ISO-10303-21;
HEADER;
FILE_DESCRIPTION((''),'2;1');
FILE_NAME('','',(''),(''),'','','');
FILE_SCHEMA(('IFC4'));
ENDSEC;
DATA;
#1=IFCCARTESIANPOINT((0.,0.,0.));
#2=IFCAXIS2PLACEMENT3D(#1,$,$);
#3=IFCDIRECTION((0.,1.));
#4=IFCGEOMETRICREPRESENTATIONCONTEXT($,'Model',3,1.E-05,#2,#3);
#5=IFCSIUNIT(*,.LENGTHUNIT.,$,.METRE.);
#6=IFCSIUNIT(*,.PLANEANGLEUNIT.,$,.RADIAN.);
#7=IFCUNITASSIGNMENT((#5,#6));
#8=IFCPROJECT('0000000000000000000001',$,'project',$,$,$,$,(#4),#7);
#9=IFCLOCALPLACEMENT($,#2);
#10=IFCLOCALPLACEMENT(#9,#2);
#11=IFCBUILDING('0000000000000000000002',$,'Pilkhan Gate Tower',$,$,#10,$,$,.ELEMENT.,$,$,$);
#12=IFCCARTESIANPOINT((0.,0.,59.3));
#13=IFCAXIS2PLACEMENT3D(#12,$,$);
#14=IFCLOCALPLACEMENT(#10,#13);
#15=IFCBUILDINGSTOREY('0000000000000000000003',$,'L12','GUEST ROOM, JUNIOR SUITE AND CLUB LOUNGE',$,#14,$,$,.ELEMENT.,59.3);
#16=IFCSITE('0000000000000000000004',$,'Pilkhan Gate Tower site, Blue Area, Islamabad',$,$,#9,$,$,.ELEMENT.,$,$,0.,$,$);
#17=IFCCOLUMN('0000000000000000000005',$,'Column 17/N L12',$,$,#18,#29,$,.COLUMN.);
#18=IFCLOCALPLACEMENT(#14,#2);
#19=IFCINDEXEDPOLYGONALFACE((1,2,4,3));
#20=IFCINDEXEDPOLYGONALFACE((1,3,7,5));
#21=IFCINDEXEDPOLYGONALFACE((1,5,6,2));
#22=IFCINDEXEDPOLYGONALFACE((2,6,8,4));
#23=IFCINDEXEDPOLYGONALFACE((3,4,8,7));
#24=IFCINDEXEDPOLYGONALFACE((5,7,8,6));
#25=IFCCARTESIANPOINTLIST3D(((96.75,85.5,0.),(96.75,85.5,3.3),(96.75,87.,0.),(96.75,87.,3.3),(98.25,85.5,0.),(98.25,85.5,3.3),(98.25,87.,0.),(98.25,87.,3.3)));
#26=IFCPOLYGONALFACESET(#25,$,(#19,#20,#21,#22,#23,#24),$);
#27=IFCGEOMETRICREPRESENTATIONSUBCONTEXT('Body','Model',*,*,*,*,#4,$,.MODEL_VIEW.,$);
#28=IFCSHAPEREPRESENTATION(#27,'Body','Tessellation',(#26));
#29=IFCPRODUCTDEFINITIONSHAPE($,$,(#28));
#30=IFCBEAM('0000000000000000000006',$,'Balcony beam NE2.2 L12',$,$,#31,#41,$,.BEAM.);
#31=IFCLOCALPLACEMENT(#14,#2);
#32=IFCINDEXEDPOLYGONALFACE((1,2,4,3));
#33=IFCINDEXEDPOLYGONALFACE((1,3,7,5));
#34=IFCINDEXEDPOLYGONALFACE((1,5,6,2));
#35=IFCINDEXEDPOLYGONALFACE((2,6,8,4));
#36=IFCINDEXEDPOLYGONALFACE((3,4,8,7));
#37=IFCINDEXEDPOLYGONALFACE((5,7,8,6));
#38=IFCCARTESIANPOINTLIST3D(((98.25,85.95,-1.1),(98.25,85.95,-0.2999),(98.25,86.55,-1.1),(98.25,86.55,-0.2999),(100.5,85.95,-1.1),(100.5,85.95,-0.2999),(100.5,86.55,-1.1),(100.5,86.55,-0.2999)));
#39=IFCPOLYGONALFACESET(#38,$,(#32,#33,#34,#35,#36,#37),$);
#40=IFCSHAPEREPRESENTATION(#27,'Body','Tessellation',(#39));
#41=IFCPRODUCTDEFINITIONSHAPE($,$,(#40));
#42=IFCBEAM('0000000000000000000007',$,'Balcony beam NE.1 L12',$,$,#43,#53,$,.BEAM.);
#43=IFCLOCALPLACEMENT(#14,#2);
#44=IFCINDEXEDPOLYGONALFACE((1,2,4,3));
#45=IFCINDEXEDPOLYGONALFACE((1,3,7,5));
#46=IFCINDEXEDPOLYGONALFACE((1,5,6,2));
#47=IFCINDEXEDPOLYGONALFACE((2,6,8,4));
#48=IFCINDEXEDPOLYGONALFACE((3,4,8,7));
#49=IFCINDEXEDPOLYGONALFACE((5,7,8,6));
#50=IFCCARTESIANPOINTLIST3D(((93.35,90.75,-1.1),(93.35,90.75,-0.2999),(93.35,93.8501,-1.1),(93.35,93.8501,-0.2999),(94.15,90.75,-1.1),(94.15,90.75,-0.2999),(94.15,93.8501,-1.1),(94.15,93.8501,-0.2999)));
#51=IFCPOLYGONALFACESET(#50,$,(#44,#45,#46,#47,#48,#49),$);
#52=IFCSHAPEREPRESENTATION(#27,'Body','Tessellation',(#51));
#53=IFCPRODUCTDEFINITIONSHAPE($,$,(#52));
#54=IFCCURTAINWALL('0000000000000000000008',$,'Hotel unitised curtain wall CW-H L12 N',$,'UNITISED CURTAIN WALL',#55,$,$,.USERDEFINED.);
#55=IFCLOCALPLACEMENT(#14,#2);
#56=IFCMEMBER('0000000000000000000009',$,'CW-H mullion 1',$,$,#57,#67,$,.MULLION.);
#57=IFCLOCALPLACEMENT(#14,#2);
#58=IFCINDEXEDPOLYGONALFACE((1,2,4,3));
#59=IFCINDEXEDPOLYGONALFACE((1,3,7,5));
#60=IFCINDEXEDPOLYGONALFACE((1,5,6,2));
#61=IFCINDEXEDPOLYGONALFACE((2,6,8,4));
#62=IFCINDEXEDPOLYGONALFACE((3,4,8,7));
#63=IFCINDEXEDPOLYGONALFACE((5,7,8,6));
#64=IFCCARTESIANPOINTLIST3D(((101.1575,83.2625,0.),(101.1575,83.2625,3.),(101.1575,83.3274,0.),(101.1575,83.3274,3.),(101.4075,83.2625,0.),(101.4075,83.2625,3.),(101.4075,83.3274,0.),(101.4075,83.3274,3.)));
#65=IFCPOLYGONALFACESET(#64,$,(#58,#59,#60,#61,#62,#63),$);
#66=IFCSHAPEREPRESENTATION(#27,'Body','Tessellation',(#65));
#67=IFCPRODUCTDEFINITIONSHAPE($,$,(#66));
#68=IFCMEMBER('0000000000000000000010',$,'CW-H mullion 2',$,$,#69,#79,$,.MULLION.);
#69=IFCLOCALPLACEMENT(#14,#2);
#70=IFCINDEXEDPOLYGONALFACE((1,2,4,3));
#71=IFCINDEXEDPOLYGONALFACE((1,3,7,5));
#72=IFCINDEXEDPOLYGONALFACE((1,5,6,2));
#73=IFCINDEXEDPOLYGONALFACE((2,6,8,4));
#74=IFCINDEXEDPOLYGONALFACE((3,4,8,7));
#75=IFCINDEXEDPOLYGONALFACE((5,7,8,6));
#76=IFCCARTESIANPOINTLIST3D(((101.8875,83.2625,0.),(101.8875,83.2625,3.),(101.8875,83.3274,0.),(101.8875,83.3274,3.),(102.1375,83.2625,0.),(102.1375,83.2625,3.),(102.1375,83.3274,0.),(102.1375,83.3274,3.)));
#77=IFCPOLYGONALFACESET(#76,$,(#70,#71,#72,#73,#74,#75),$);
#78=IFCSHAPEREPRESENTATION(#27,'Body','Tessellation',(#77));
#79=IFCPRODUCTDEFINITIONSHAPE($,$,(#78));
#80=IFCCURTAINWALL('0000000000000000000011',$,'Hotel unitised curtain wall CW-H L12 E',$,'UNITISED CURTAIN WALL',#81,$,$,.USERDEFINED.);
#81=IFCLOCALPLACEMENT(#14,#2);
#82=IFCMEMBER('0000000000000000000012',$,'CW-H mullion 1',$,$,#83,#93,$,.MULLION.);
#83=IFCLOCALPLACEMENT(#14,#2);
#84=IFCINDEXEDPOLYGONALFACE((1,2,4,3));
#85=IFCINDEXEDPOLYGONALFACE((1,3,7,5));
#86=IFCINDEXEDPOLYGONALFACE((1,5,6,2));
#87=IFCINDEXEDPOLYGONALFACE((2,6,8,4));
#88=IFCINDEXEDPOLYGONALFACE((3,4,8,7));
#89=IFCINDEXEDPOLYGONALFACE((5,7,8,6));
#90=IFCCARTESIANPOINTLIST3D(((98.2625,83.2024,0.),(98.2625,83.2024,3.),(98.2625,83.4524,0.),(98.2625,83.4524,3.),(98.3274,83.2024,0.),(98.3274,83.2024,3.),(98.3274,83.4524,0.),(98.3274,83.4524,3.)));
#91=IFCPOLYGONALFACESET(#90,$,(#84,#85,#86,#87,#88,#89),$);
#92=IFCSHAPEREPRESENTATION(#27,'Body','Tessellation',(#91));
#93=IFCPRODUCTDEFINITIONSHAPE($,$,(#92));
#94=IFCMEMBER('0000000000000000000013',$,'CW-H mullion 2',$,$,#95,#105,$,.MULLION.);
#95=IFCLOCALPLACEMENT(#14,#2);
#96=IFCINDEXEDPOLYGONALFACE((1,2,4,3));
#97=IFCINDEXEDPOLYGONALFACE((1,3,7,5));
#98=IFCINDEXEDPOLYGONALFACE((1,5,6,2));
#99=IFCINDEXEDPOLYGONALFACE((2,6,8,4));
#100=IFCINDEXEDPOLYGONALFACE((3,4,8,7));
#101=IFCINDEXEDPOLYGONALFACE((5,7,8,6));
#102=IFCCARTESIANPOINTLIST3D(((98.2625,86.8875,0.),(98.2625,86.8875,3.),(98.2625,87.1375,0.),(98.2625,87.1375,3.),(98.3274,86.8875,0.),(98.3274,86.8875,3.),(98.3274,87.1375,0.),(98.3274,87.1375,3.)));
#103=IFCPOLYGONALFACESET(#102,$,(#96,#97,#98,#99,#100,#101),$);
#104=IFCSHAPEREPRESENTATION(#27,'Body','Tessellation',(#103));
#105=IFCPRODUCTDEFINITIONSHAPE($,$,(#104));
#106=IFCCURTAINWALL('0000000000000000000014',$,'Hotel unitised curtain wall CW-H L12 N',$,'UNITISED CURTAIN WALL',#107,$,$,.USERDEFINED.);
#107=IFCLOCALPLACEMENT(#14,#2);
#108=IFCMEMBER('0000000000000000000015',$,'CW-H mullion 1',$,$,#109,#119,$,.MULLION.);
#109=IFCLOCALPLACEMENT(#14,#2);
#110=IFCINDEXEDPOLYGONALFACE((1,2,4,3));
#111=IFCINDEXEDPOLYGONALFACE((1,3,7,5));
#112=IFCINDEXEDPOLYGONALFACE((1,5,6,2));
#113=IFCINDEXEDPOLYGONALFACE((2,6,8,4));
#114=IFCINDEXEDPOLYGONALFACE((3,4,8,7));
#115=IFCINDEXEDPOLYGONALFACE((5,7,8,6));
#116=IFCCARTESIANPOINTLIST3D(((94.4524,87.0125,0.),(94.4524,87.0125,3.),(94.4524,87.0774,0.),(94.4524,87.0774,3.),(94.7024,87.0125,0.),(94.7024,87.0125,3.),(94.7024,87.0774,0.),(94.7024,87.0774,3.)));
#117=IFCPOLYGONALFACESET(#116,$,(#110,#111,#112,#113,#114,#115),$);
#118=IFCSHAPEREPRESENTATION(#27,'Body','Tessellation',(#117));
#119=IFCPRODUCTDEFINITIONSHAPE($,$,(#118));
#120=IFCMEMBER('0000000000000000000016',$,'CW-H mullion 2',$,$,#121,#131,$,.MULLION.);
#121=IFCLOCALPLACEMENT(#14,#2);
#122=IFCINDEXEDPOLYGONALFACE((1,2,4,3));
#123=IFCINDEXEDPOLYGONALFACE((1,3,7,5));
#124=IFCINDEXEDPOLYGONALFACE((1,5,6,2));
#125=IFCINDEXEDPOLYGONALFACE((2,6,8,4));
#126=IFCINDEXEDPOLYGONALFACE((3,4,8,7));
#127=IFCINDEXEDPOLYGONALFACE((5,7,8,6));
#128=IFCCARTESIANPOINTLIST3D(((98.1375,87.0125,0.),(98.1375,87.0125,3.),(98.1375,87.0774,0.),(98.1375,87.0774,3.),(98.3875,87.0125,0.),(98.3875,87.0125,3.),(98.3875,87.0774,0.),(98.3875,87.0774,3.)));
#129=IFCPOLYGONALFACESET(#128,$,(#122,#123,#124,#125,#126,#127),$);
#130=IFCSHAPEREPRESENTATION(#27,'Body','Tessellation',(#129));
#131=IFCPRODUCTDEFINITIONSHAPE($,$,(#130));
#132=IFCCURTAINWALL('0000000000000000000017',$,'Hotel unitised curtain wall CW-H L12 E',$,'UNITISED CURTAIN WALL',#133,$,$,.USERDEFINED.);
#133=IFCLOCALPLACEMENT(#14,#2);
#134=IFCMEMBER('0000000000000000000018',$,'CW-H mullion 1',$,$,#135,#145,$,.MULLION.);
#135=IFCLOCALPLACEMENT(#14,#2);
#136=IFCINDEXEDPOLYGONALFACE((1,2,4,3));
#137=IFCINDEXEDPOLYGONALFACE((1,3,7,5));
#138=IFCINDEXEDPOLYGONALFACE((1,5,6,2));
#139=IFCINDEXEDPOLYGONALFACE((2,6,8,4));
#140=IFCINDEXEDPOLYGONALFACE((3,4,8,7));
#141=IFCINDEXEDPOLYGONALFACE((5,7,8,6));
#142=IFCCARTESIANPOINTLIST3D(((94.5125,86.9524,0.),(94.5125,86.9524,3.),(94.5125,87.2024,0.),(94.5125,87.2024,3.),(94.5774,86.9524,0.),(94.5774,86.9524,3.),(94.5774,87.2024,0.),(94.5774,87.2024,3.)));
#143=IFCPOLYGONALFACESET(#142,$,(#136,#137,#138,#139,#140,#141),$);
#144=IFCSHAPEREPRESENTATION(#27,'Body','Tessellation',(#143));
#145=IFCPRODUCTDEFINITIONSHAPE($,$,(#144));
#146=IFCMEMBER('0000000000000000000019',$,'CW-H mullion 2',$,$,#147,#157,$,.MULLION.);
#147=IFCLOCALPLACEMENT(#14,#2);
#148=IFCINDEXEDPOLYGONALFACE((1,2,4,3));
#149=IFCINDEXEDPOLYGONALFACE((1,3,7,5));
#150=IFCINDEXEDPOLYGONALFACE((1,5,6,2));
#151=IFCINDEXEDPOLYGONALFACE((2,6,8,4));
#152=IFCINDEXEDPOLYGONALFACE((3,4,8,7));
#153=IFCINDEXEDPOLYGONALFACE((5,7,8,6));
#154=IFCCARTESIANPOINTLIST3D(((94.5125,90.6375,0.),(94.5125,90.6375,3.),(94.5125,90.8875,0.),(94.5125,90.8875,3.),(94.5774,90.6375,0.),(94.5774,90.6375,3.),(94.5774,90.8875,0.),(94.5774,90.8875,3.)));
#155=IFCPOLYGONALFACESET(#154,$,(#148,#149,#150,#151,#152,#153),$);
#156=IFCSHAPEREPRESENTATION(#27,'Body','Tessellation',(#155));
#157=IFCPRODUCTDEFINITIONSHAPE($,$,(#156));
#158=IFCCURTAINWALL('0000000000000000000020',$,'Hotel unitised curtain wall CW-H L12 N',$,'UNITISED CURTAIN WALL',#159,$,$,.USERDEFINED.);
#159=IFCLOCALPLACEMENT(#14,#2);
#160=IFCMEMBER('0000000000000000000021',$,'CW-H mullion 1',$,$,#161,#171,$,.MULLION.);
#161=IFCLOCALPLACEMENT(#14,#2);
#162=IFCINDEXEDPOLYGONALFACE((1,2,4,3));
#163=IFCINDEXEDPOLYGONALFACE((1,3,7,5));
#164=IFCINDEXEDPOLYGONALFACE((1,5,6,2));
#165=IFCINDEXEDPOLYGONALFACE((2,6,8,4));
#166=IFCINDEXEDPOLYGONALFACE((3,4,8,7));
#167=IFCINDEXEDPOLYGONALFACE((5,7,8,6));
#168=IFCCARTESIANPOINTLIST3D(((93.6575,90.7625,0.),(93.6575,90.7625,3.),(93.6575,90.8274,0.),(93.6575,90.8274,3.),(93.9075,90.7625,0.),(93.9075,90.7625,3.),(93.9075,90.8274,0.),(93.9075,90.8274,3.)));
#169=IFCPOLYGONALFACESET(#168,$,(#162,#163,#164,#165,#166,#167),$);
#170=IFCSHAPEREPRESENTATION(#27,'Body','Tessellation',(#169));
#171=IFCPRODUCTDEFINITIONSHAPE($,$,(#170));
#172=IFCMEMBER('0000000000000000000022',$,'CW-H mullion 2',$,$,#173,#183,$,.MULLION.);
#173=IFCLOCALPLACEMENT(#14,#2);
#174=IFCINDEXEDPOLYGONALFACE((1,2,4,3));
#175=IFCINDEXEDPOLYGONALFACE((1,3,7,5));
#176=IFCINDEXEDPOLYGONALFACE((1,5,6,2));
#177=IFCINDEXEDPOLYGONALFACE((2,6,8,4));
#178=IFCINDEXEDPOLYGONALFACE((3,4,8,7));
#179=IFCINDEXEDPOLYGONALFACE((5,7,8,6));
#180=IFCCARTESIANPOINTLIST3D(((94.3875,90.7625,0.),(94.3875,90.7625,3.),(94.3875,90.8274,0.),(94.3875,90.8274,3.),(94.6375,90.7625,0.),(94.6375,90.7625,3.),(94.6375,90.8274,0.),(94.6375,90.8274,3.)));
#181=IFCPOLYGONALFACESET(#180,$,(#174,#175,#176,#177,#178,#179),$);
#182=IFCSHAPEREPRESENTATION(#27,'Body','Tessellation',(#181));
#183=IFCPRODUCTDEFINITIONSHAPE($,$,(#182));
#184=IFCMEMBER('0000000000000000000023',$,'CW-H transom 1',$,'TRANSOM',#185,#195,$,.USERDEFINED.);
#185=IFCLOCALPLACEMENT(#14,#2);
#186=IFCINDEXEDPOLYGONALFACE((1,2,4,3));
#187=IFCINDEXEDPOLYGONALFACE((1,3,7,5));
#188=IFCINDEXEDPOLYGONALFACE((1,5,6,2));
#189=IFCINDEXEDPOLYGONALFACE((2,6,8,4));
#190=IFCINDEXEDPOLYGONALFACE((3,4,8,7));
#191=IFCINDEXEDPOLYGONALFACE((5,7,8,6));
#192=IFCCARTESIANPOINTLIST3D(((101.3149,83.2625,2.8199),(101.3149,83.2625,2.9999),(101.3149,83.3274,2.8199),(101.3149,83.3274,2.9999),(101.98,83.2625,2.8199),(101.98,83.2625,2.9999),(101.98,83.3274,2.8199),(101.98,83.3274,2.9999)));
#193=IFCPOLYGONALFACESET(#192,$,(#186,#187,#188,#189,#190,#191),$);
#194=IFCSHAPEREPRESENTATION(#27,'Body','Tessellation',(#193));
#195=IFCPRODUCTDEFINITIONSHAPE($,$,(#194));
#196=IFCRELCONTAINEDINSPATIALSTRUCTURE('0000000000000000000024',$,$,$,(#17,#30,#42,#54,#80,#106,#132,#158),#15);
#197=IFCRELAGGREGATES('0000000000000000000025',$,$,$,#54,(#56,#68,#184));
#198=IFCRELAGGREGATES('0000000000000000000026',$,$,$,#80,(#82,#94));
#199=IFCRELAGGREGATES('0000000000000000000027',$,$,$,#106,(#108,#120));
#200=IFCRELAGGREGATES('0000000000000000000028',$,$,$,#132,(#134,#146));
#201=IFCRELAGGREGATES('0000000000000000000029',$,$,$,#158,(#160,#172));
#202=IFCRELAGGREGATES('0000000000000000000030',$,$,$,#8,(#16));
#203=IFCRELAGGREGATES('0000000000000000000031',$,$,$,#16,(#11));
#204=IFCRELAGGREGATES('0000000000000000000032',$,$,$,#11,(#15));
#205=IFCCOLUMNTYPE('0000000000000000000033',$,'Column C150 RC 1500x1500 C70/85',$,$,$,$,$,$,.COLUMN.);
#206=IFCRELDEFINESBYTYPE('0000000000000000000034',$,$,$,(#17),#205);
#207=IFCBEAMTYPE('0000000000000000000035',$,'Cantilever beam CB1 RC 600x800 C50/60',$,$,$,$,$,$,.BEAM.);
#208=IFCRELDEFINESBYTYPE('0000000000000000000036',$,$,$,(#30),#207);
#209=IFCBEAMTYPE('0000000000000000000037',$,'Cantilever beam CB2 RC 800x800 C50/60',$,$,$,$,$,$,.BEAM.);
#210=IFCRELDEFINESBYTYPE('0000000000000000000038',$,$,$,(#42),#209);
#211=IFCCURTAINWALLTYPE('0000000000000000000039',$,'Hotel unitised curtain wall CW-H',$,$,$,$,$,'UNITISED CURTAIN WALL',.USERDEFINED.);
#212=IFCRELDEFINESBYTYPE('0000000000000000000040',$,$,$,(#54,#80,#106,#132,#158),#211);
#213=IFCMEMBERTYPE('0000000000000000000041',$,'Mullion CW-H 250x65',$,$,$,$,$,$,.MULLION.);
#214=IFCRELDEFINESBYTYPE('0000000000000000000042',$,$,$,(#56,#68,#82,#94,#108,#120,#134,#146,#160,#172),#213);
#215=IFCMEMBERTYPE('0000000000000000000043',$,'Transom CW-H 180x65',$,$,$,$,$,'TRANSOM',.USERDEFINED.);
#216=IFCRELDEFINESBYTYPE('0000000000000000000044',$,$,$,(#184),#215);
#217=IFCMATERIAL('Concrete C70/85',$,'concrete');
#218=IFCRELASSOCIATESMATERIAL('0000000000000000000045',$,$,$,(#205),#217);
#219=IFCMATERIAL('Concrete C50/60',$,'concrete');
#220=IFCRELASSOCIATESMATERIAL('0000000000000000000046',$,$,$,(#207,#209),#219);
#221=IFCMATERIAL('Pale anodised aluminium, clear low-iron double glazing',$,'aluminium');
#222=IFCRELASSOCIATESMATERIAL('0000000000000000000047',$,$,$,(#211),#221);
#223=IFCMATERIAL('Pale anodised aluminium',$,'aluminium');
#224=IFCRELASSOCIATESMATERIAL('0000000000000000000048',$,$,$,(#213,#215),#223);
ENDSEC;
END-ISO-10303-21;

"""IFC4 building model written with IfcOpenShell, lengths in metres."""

from ifc_helpers import new_model, si_unit, direction, frame, origin, origin_2d, place, context, subcontext, project, spatial, rectangle, extrude, material, material_profile, profile_set, type_object, element, aggregate, save


model = new_model("IFC4")

# Units and contexts
model_context = context("Model", 3, precision=1e-05, world=origin(), true_north=direction((0.0, 1.0)))
body_context = subcontext(model_context, "Body", "Model", "MODEL_VIEW")
ifc_project = project(units=[si_unit("LENGTHUNIT", "METRE"), si_unit("PLANEANGLEUNIT", "RADIAN")], contexts=[model_context])

# Site, building, storey
site_placement = place(None, origin())
site = spatial("IfcSite", under=ifc_project, at=site_placement, Name="Pilkhan Gate Tower site, Blue Area, Islamabad", CompositionType="ELEMENT", RefElevation=0.0)
building_placement = place(site_placement, origin())
building = spatial("IfcBuilding", under=site, at=building_placement, Name="Pilkhan Gate Tower", CompositionType="ELEMENT")
storey_placement = place(building_placement, frame((0.0, 0.0, 59.3)))
storey = spatial("IfcBuildingStorey", under=building, at=storey_placement, Name="L12", Description="GUEST ROOM, JUNIOR SUITE AND CLUB LOUNGE", CompositionType="ELEMENT", Elevation=59.3)

# Column
ifc_material_1 = material(Name="Concrete C70/85", Category="concrete")
ifc_material_profile_1 = material_profile(ifc_material_1, rectangle(XDim=1.5, YDim=1.5, at=origin_2d()), Name="RC 1500x1500")
ifc_profile_set_1 = profile_set([ifc_material_profile_1], Name="Concrete C70/85")
column_type = type_object("IfcColumnType", Name="Column C150 RC 1500x1500 C70/85", PredefinedType="COLUMN", material=ifc_profile_set_1)
column_placement = place(storey_placement, frame((97.5, 86.25, 0.0), z_axis=(0.0, 0.0, 1.0), x_axis=(1.0, 0.0, 0.0)))
element("IfcColumn", 1, at=column_placement, inside=storey, type_object=column_type, Name="Column 17/N L12", PredefinedType="COLUMN", context=body_context, shape_type="SweptSolid", body=[
    extrude(rectangle(XDim=1.5, YDim=1.5, at=origin_2d()), origin(), (0.0, 0.0, 1.0), 3.3),
])

# Beams
ifc_material_2 = material(Name="Concrete C50/60", Category="concrete")
ifc_material_profile_2 = material_profile(ifc_material_2, rectangle(XDim=0.6001, YDim=0.8, at=origin_2d()), Name="RC 600x800")
ifc_profile_set_2 = profile_set([ifc_material_profile_2], Name="Concrete C50/60")
beam_type_1 = type_object("IfcBeamType", Name="Cantilever beam CB1 RC 600x800 C50/60", PredefinedType="BEAM", material=ifc_profile_set_2)
beam_1_placement = place(storey_placement, frame((98.25, 86.25, -0.7), z_axis=(1.0, 0.0, 0.0), x_axis=(0.0, 1.0, 0.0)))
element("IfcBeam", 2, at=beam_1_placement, inside=storey, type_object=beam_type_1, Name="Balcony beam NE2.2 L12", PredefinedType="BEAM", context=body_context, shape_type="SweptSolid", body=[
    extrude(rectangle(XDim=0.6001, YDim=0.8, at=origin_2d()), origin(), (0.0, 0.0, 1.0), 2.25),
])
ifc_material_profile_3 = material_profile(ifc_material_2, rectangle(XDim=0.8, YDim=0.8, at=origin_2d()), Name="RC 800x800")
ifc_profile_set_3 = profile_set([ifc_material_profile_3], Name="Concrete C50/60")
beam_type_2 = type_object("IfcBeamType", Name="Cantilever beam CB2 RC 800x800 C50/60", PredefinedType="BEAM", material=ifc_profile_set_3)
beam_2_placement = place(storey_placement, frame((93.75, 90.75, -0.7), z_axis=(0.0, 1.0, 0.0), x_axis=(-1.0, 0.0, 0.0)))
element("IfcBeam", 3, at=beam_2_placement, inside=storey, type_object=beam_type_2, Name="Balcony beam NE.1 L12", PredefinedType="BEAM", context=body_context, shape_type="SweptSolid", body=[
    extrude(rectangle(XDim=0.8, YDim=0.8, at=origin_2d()), origin(), (0.0, 0.0, 1.0), 3.1001),
])

# Curtain walls, members
ifc_material_3 = material(Name="Pale anodised aluminium, clear low-iron double glazing", Category="aluminium")
curtain_wall_type = type_object("IfcCurtainWallType", Name="Hotel unitised curtain wall CW-H", ElementType="UNITISED CURTAIN WALL", PredefinedType="USERDEFINED", material=ifc_material_3)
curtain_wall_1_placement = place(storey_placement, origin())
curtain_wall_1 = element("IfcCurtainWall", 4, at=curtain_wall_1_placement, inside=storey, type_object=curtain_wall_type, Name="Hotel unitised curtain wall CW-H L12 N", ObjectType="UNITISED CURTAIN WALL", PredefinedType="USERDEFINED")
ifc_material_4 = material(Name="Pale anodised aluminium", Category="aluminium")
ifc_material_profile_4 = material_profile(ifc_material_4, rectangle(XDim=0.0649, YDim=0.25, at=origin_2d()), Name="Mullion 250x65")
ifc_profile_set_4 = profile_set([ifc_material_profile_4], Name="Pale anodised aluminium")
member_type_1 = type_object("IfcMemberType", Name="Mullion CW-H 250x65", PredefinedType="MULLION", material=ifc_profile_set_4)
member_1_placement = place(storey_placement, frame((101.2825, 83.2949, 0.0), z_axis=(0.0, 0.0, 1.0), x_axis=(0.0, 1.0, 0.0)))
member_1 = element("IfcMember", 5, at=member_1_placement, type_object=member_type_1, Name="CW-H mullion 1", PredefinedType="MULLION", context=body_context, shape_type="SweptSolid", body=[
    extrude(rectangle(XDim=0.0649, YDim=0.25, at=origin_2d()), origin(), (0.0, 0.0, 1.0), 3.0),
])
member_2_placement = place(storey_placement, frame((102.0125, 83.2949, 0.0), z_axis=(0.0, 0.0, 1.0), x_axis=(0.0, 1.0, 0.0)))
member_2 = element("IfcMember", 6, at=member_2_placement, type_object=member_type_1, Name="CW-H mullion 2", PredefinedType="MULLION", context=body_context, shape_type="SweptSolid", body=[
    extrude(rectangle(XDim=0.0649, YDim=0.25, at=origin_2d()), origin(), (0.0, 0.0, 1.0), 3.0),
])
curtain_wall_2_placement = place(storey_placement, origin())
curtain_wall_2 = element("IfcCurtainWall", 7, at=curtain_wall_2_placement, inside=storey, type_object=curtain_wall_type, Name="Hotel unitised curtain wall CW-H L12 E", ObjectType="UNITISED CURTAIN WALL", PredefinedType="USERDEFINED")
member_3_placement = place(storey_placement, frame((98.2949, 83.3274, 0.0), z_axis=(0.0, 0.0, 1.0), x_axis=(-1.0, 0.0, 0.0)))
member_3 = element("IfcMember", 8, at=member_3_placement, type_object=member_type_1, Name="CW-H mullion 1", PredefinedType="MULLION", context=body_context, shape_type="SweptSolid", body=[
    extrude(rectangle(XDim=0.0649, YDim=0.25, at=origin_2d()), origin(), (0.0, 0.0, 1.0), 3.0),
])
member_4_placement = place(storey_placement, frame((98.2949, 87.0125, 0.0), z_axis=(0.0, 0.0, 1.0), x_axis=(-1.0, 0.0, 0.0)))
member_4 = element("IfcMember", 9, at=member_4_placement, type_object=member_type_1, Name="CW-H mullion 2", PredefinedType="MULLION", context=body_context, shape_type="SweptSolid", body=[
    extrude(rectangle(XDim=0.0649, YDim=0.25, at=origin_2d()), origin(), (0.0, 0.0, 1.0), 3.0),
])
curtain_wall_3_placement = place(storey_placement, origin())
curtain_wall_3 = element("IfcCurtainWall", 10, at=curtain_wall_3_placement, inside=storey, type_object=curtain_wall_type, Name="Hotel unitised curtain wall CW-H L12 N", ObjectType="UNITISED CURTAIN WALL", PredefinedType="USERDEFINED")
member_5_placement = place(storey_placement, frame((94.5774, 87.0449, 0.0), z_axis=(0.0, 0.0, 1.0), x_axis=(0.0, 1.0, 0.0)))
member_5 = element("IfcMember", 11, at=member_5_placement, type_object=member_type_1, Name="CW-H mullion 1", PredefinedType="MULLION", context=body_context, shape_type="SweptSolid", body=[
    extrude(rectangle(XDim=0.0649, YDim=0.25, at=origin_2d()), origin(), (0.0, 0.0, 1.0), 3.0),
])
member_6_placement = place(storey_placement, frame((98.2625, 87.0449, 0.0), z_axis=(0.0, 0.0, 1.0), x_axis=(0.0, 1.0, 0.0)))
member_6 = element("IfcMember", 12, at=member_6_placement, type_object=member_type_1, Name="CW-H mullion 2", PredefinedType="MULLION", context=body_context, shape_type="SweptSolid", body=[
    extrude(rectangle(XDim=0.0649, YDim=0.25, at=origin_2d()), origin(), (0.0, 0.0, 1.0), 3.0),
])
curtain_wall_4_placement = place(storey_placement, origin())
curtain_wall_4 = element("IfcCurtainWall", 13, at=curtain_wall_4_placement, inside=storey, type_object=curtain_wall_type, Name="Hotel unitised curtain wall CW-H L12 E", ObjectType="UNITISED CURTAIN WALL", PredefinedType="USERDEFINED")
member_7_placement = place(storey_placement, frame((94.5449, 87.0774, 0.0), z_axis=(0.0, 0.0, 1.0), x_axis=(-1.0, 0.0, 0.0)))
member_7 = element("IfcMember", 14, at=member_7_placement, type_object=member_type_1, Name="CW-H mullion 1", PredefinedType="MULLION", context=body_context, shape_type="SweptSolid", body=[
    extrude(rectangle(XDim=0.0649, YDim=0.25, at=origin_2d()), origin(), (0.0, 0.0, 1.0), 3.0),
])
member_8_placement = place(storey_placement, frame((94.5449, 90.7625, 0.0), z_axis=(0.0, 0.0, 1.0), x_axis=(-1.0, 0.0, 0.0)))
member_8 = element("IfcMember", 15, at=member_8_placement, type_object=member_type_1, Name="CW-H mullion 2", PredefinedType="MULLION", context=body_context, shape_type="SweptSolid", body=[
    extrude(rectangle(XDim=0.0649, YDim=0.25, at=origin_2d()), origin(), (0.0, 0.0, 1.0), 3.0),
])
curtain_wall_5_placement = place(storey_placement, origin())
curtain_wall_5 = element("IfcCurtainWall", 16, at=curtain_wall_5_placement, inside=storey, type_object=curtain_wall_type, Name="Hotel unitised curtain wall CW-H L12 N", ObjectType="UNITISED CURTAIN WALL", PredefinedType="USERDEFINED")
member_9_placement = place(storey_placement, frame((93.7825, 90.7949, 0.0), z_axis=(0.0, 0.0, 1.0), x_axis=(0.0, 1.0, 0.0)))
member_9 = element("IfcMember", 17, at=member_9_placement, type_object=member_type_1, Name="CW-H mullion 1", PredefinedType="MULLION", context=body_context, shape_type="SweptSolid", body=[
    extrude(rectangle(XDim=0.0649, YDim=0.25, at=origin_2d()), origin(), (0.0, 0.0, 1.0), 3.0),
])
member_10_placement = place(storey_placement, frame((94.5125, 90.7949, 0.0), z_axis=(0.0, 0.0, 1.0), x_axis=(0.0, 1.0, 0.0)))
member_10 = element("IfcMember", 18, at=member_10_placement, type_object=member_type_1, Name="CW-H mullion 2", PredefinedType="MULLION", context=body_context, shape_type="SweptSolid", body=[
    extrude(rectangle(XDim=0.0649, YDim=0.25, at=origin_2d()), origin(), (0.0, 0.0, 1.0), 3.0),
])

# Member
ifc_material_profile_5 = material_profile(ifc_material_4, rectangle(XDim=0.0649, YDim=0.1799, at=origin_2d()), Name="Transom 180x65")
ifc_profile_set_5 = profile_set([ifc_material_profile_5], Name="Pale anodised aluminium")
member_type_2 = type_object("IfcMemberType", Name="Transom CW-H 180x65", ElementType="TRANSOM", PredefinedType="USERDEFINED", material=ifc_profile_set_5)
member_11_placement = place(storey_placement, frame((101.3149, 83.2949, 2.9099), z_axis=(1.0, 0.0, 0.0), x_axis=(0.0, 1.0, 0.0)))
member_11 = element("IfcMember", 19, at=member_11_placement, type_object=member_type_2, Name="CW-H transom 1", ObjectType="TRANSOM", PredefinedType="USERDEFINED", context=body_context, shape_type="SweptSolid", body=[
    extrude(rectangle(XDim=0.0649, YDim=0.1799, at=origin_2d()), origin(), (0.0, 0.0, 1.0), 0.665),
])

aggregate(curtain_wall_1, [member_1, member_2, member_11])
aggregate(curtain_wall_2, [member_3, member_4])
aggregate(curtain_wall_3, [member_5, member_6])
aggregate(curtain_wall_4, [member_7, member_8])
aggregate(curtain_wall_5, [member_9, member_10])

save(model, "model.ifc")
